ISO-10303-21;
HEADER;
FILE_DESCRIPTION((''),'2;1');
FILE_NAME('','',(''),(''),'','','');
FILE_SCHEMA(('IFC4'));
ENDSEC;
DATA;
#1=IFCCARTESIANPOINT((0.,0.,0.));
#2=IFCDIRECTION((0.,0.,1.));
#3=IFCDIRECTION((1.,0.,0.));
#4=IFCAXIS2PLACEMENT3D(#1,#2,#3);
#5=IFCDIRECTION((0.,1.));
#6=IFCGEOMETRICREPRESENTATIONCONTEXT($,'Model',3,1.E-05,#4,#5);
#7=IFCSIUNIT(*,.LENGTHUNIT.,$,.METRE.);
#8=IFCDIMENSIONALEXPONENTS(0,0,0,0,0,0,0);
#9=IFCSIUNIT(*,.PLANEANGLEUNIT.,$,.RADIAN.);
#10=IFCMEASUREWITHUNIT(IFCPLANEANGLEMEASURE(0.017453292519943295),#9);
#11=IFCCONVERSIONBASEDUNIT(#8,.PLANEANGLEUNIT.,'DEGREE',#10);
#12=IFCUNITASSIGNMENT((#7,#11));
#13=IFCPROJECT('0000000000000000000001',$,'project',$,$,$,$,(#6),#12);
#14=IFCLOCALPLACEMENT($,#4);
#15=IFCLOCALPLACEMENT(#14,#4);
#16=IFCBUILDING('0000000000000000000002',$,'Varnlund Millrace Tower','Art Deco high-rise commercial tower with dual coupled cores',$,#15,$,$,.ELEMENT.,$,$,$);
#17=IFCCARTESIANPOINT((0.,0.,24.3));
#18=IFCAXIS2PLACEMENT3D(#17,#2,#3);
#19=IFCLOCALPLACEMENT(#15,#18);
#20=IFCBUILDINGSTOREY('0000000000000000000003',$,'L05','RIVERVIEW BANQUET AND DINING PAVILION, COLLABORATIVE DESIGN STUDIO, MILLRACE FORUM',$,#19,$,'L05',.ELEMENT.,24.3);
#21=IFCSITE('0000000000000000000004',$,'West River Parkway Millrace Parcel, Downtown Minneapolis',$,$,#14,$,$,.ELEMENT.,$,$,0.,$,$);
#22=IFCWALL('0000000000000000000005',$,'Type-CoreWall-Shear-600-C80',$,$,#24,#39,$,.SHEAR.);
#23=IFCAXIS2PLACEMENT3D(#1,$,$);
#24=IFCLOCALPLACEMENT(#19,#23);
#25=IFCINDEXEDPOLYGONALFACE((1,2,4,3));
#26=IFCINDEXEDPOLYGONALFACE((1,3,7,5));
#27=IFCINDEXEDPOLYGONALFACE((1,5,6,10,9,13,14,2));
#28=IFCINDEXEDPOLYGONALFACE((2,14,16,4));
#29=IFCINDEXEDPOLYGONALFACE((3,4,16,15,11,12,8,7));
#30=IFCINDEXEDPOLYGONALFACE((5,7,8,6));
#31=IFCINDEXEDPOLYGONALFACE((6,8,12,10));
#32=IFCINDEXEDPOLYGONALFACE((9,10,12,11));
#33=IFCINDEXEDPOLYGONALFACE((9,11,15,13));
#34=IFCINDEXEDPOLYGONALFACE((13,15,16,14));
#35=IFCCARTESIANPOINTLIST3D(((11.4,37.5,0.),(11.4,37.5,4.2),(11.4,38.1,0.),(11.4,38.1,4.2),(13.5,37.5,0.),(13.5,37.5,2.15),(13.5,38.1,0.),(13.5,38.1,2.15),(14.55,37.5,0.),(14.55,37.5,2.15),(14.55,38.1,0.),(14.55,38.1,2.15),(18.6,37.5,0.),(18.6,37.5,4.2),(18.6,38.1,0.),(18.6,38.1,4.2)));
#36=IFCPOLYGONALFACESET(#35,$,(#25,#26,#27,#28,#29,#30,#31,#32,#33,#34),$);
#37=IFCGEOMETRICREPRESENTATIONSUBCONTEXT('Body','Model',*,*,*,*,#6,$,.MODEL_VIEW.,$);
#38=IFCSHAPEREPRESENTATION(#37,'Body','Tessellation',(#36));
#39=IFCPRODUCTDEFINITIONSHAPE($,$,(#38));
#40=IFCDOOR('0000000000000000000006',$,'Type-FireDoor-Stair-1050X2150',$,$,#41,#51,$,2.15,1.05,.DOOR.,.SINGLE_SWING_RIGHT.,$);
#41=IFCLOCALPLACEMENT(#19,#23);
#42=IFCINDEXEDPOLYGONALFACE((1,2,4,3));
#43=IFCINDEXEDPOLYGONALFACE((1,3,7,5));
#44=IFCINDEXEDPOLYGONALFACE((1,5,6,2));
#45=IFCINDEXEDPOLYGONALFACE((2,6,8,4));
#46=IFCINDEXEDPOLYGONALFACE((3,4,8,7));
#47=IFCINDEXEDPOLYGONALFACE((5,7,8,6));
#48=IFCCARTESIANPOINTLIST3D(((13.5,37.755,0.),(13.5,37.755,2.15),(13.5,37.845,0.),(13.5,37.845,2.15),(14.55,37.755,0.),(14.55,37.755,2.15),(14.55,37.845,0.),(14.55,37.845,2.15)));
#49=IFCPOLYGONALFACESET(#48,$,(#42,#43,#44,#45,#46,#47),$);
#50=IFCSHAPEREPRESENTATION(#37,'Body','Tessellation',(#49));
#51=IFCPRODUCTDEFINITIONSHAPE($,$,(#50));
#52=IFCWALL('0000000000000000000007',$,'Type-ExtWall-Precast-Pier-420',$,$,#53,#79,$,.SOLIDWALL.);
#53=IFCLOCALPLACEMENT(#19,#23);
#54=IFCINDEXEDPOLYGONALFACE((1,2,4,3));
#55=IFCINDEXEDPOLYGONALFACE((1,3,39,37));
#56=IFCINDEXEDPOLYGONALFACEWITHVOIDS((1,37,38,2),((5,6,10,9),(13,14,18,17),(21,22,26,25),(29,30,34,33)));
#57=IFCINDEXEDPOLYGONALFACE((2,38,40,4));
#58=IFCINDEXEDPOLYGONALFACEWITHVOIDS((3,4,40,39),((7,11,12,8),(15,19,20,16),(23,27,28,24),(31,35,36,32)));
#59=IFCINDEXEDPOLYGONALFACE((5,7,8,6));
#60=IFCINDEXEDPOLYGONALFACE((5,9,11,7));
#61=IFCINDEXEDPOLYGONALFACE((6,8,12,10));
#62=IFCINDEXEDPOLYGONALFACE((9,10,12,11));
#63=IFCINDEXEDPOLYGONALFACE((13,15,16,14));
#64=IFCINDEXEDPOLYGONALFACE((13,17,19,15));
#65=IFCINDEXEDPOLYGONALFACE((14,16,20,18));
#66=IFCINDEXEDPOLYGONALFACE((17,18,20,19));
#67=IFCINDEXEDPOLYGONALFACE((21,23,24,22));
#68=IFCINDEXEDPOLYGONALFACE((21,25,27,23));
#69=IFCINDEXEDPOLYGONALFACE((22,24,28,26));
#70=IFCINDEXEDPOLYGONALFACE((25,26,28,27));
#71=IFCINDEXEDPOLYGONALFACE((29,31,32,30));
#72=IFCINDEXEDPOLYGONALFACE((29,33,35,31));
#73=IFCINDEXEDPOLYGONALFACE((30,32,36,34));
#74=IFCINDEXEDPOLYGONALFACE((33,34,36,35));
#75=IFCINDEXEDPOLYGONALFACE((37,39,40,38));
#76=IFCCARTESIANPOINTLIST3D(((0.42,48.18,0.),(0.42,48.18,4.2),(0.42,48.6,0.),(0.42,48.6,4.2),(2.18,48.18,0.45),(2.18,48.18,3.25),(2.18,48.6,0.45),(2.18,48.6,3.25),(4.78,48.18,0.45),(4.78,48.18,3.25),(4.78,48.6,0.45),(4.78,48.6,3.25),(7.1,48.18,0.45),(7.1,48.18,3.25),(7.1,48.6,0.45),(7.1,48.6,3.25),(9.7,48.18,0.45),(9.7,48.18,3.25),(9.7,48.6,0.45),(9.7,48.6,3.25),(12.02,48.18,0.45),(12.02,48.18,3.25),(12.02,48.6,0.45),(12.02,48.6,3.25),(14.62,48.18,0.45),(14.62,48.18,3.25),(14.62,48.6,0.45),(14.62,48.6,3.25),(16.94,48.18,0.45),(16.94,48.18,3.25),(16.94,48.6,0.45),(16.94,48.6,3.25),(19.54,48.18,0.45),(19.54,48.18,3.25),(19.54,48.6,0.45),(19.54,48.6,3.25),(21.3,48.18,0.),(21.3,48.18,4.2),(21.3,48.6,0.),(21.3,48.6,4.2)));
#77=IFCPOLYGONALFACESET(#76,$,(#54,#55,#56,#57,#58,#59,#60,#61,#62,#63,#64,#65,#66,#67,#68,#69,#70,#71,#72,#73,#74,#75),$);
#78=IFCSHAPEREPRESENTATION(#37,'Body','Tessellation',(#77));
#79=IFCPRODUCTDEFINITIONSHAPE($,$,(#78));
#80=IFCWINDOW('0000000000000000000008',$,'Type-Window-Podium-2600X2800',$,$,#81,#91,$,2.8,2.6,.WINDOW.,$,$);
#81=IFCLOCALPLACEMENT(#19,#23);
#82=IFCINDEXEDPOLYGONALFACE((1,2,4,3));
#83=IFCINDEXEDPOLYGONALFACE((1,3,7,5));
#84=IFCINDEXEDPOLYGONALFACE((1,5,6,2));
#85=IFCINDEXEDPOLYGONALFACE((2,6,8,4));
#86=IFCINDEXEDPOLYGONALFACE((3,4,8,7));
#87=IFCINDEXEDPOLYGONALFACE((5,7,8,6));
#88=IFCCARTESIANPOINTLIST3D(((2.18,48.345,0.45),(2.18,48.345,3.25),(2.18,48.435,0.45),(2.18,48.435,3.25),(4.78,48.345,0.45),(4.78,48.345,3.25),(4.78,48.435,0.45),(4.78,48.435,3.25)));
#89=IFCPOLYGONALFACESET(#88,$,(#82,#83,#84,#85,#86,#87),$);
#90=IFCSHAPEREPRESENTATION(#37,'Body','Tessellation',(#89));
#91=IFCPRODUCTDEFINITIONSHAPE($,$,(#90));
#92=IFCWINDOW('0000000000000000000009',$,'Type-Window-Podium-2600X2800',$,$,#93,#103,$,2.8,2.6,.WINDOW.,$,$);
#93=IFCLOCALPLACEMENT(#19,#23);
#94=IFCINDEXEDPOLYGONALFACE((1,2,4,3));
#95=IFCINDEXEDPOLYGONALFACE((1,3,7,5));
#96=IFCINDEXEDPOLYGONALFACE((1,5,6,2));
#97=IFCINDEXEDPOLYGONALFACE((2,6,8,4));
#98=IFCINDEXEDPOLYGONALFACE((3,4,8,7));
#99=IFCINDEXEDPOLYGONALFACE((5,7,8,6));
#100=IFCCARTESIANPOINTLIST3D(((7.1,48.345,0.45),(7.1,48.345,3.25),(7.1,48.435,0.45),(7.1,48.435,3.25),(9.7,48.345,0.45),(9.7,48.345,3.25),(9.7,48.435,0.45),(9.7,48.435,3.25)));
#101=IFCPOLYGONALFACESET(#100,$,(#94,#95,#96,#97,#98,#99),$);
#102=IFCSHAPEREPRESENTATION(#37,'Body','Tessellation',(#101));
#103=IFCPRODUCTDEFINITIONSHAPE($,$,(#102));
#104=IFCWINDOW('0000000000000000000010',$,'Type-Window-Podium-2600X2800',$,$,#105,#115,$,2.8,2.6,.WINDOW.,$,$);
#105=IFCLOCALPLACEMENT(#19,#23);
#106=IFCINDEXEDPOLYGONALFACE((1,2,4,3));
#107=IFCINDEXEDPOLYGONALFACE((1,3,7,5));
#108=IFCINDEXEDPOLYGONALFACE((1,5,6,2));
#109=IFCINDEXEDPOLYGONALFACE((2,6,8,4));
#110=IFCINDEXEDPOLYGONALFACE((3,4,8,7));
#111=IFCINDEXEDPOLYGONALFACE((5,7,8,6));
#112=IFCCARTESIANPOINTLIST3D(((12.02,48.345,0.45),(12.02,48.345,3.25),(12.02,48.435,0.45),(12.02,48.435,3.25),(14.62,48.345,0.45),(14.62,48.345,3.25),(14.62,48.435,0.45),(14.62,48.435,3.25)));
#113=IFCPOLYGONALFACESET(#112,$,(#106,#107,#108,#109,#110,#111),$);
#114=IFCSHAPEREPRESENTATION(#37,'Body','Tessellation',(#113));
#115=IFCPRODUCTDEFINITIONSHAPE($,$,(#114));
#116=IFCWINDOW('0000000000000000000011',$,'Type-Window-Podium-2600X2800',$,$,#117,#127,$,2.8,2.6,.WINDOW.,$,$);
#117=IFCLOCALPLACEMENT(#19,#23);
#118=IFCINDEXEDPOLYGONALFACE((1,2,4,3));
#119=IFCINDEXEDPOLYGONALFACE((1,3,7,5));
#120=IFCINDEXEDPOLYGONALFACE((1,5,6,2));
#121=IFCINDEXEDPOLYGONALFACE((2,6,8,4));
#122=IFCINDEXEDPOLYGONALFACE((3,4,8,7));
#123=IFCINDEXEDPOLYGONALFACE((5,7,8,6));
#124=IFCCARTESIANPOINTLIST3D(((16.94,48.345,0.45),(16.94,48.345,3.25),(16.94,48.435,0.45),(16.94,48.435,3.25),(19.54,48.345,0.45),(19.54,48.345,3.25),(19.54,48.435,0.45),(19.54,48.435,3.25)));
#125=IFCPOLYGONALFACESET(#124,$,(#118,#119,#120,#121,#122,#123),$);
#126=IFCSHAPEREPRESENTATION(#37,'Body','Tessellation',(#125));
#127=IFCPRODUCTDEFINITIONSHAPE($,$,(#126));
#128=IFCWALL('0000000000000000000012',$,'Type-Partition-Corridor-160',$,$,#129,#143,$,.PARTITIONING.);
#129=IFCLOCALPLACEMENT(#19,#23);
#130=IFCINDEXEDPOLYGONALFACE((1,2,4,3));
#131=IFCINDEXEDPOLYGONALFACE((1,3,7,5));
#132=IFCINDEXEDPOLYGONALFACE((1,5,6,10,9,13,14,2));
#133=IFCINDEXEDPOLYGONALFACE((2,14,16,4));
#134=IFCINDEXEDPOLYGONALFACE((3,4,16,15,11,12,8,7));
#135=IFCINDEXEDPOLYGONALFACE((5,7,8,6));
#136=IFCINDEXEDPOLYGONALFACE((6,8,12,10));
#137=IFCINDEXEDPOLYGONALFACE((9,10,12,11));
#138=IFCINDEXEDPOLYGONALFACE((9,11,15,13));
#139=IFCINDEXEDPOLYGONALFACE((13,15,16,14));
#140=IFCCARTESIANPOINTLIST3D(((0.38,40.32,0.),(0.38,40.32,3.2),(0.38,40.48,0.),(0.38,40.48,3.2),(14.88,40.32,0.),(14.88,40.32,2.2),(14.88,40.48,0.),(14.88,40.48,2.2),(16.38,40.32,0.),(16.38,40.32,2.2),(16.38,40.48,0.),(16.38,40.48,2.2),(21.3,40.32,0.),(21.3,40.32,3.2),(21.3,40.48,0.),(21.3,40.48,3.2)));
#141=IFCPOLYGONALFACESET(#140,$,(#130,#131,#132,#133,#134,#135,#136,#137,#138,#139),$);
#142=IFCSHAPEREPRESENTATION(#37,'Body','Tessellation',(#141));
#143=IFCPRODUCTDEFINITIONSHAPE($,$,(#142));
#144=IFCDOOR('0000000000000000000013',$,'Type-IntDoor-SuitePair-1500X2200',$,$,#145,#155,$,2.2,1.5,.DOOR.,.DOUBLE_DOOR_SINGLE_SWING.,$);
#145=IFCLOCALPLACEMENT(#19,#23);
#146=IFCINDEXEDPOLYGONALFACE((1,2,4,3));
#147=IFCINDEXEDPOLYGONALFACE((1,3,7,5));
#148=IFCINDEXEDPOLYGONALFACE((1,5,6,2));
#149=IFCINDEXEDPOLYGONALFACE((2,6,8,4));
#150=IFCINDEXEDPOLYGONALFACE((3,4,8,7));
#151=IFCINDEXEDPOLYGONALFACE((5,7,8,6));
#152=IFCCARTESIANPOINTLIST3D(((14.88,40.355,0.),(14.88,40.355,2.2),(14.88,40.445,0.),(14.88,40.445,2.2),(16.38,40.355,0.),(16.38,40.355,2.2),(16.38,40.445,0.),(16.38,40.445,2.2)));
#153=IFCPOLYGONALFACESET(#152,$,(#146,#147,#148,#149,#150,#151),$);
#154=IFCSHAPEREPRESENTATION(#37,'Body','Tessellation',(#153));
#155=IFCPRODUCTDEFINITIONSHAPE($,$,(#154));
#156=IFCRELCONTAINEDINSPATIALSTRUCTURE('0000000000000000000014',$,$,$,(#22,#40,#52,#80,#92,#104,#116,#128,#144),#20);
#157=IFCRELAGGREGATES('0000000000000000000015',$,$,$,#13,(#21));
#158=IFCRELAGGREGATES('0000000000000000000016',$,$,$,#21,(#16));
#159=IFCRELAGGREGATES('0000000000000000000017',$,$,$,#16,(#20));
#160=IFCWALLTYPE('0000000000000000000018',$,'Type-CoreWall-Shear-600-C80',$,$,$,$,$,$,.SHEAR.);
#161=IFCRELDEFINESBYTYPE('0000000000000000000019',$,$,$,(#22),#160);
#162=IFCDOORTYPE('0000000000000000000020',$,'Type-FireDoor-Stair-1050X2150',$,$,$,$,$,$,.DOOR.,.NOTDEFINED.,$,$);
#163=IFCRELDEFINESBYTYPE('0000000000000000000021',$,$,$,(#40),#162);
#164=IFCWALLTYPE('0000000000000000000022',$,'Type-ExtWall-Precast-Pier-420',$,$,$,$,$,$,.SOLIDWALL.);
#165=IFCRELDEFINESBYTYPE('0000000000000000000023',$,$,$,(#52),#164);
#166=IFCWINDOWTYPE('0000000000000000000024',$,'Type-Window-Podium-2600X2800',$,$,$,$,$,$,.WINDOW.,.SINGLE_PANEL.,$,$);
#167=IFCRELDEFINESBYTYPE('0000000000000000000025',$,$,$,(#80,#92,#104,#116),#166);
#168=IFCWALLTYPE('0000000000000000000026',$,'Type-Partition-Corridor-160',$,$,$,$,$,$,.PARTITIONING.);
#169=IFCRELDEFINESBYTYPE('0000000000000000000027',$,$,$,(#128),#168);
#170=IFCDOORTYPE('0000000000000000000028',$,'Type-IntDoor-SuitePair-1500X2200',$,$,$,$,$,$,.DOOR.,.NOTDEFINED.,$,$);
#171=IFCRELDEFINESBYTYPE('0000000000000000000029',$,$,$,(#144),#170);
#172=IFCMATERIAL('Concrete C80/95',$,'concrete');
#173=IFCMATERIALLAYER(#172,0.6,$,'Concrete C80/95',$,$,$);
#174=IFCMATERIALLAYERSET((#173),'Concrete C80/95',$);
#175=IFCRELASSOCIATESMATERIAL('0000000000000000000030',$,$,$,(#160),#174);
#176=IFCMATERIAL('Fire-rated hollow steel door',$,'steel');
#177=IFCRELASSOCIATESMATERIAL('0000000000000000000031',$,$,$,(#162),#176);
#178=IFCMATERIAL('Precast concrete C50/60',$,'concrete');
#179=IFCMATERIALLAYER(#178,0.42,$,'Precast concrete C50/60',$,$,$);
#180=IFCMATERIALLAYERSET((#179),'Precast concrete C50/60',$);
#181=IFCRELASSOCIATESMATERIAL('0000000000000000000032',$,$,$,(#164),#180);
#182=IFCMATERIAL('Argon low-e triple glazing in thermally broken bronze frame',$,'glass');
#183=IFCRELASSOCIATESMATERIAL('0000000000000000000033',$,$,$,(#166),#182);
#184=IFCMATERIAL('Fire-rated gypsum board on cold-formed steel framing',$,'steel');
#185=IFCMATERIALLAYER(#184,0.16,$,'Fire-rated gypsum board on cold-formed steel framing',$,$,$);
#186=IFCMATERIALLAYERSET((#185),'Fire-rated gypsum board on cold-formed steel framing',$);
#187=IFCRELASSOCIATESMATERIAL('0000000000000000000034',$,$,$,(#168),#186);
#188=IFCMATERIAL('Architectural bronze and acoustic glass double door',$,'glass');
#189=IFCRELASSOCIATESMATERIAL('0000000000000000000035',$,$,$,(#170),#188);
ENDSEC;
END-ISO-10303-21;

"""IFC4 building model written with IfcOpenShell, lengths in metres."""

from ifc_helpers import new_model, entity, si_unit, converted_unit, direction, frame, origin_with_axes, origin_2d_with_axis, place, context, subcontext, project, spatial, polyline, rectangle, outline, extrude, material, layer, layer_set, type_object, element, fill, save


model = new_model("IFC4")

# Units and contexts
model_context = context("Model", 3, precision=1e-05, world=origin_with_axes(), true_north=direction((0.0, 1.0)))
body_context = subcontext(model_context, "Body", "Model", "MODEL_VIEW")
ifc_project = project(units=[si_unit("LENGTHUNIT", "METRE"), converted_unit("PLANEANGLEUNIT", "DEGREE", entity("IfcPlaneAngleMeasure", 0.017453292519943295), si_unit("PLANEANGLEUNIT", "RADIAN"), dimensions=[0, 0, 0, 0, 0, 0, 0])], contexts=[model_context])

# Site, building, storey
site_placement = place(None, origin_with_axes())
site = spatial("IfcSite", under=ifc_project, at=site_placement, Name="West River Parkway Millrace Parcel, Downtown Minneapolis", CompositionType="ELEMENT", RefElevation=0.0)
building_placement = place(site_placement, origin_with_axes())
building = spatial("IfcBuilding", under=site, at=building_placement, Name="Varnlund Millrace Tower", Description="Art Deco high-rise commercial tower with dual coupled cores", CompositionType="ELEMENT")
storey_placement = place(building_placement, frame((0.0, 0.0, 24.3), z_axis=(0.0, 0.0, 1.0), x_axis=(1.0, 0.0, 0.0)))
storey = spatial("IfcBuildingStorey", under=building, at=storey_placement, Name="L05", Description="RIVERVIEW BANQUET AND DINING PAVILION, COLLABORATIVE DESIGN STUDIO, MILLRACE FORUM", LongName="L05", CompositionType="ELEMENT", Elevation=24.3)

# Shared definitions
ifc_material_1 = material(Name="Concrete C80/95", Category="concrete")

# Wall, opening, door
ifc_layer_1 = layer(ifc_material_1, 0.6, Name="Concrete C80/95")
ifc_layer_set_1 = layer_set([ifc_layer_1], Name="Concrete C80/95")
wall_type_1 = type_object("IfcWallType", Name="Type-CoreWall-Shear-600-C80", PredefinedType="SHEAR", material=ifc_layer_set_1)
wall_1_placement = place(storey_placement, frame((11.4, 37.8, 0.0), z_axis=(0.0, 0.0, 1.0), x_axis=(1.0, 0.0, 0.0)))
wall_1 = element("IfcWall", 1, at=wall_1_placement, inside=storey, type_object=wall_type_1, Name="Type-CoreWall-Shear-600-C80", PredefinedType="SHEAR", context=body_context, shape_type="SweptSolid", body=[
    extrude(outline(polyline([(0.0, -0.3), (7.2, -0.3), (7.2, 0.3), (0.0, 0.3), (0.0, -0.3)])), origin_with_axes(), (0.0, 0.0, 1.0), 4.2),
])
opening_1_placement = place(wall_1_placement, frame((2.625, 0.0, 0.0), z_axis=(0.0, 0.0, 1.0), x_axis=(1.0, 0.0, 0.0)))
opening_1 = element("IfcOpeningElement", 2, at=opening_1_placement, cuts=wall_1, PredefinedType="OPENING", context=body_context, shape_type="SweptSolid", body=[
    extrude(rectangle(XDim=1.05, YDim=0.62, at=origin_2d_with_axis()), origin_with_axes(), (0.0, 0.0, 1.0), 2.15),
])
ifc_material_2 = material(Name="Fire-rated hollow steel door", Category="steel")
door_type_1 = type_object("IfcDoorType", Name="Type-FireDoor-Stair-1050X2150", OperationType="NOTDEFINED", PredefinedType="DOOR", material=ifc_material_2)
door_1_placement = place(wall_1_placement, frame((2.625, 0.0, 0.0), z_axis=(0.0, 0.0, 1.0), x_axis=(1.0, 0.0, 0.0)))
door_1 = element("IfcDoor", 3, at=door_1_placement, inside=storey, type_object=door_type_1, Name="Type-FireDoor-Stair-1050X2150", OperationType="SINGLE_SWING_RIGHT", OverallHeight=2.15, OverallWidth=1.05, PredefinedType="DOOR", context=body_context, shape_type="SweptSolid", body=[
    extrude(rectangle(XDim=1.05, YDim=0.09, at=origin_2d_with_axis()), origin_with_axes(), (0.0, 0.0, 1.0), 2.15),
])
fill(opening_1, door_1)

# Wall, openings, windows
ifc_material_3 = material(Name="Precast concrete C50/60", Category="concrete")
ifc_layer_2 = layer(ifc_material_3, 0.42, Name="Precast concrete C50/60")
ifc_layer_set_2 = layer_set([ifc_layer_2], Name="Precast concrete C50/60")
wall_type_2 = type_object("IfcWallType", Name="Type-ExtWall-Precast-Pier-420", PredefinedType="SOLIDWALL", material=ifc_layer_set_2)
wall_2_placement = place(storey_placement, frame((0.42, 48.39, 0.0), z_axis=(0.0, 0.0, 1.0), x_axis=(1.0, 0.0, 0.0)))
wall_2 = element("IfcWall", 4, at=wall_2_placement, inside=storey, type_object=wall_type_2, Name="Type-ExtWall-Precast-Pier-420", PredefinedType="SOLIDWALL", context=body_context, shape_type="SweptSolid", body=[
    extrude(outline(polyline([(0.0, -0.21), (20.88, -0.21), (20.88, 0.21), (0.0, 0.21), (0.0, -0.21)])), origin_with_axes(), (0.0, 0.0, 1.0), 4.2),
])
opening_2_placement = place(wall_2_placement, frame((3.06, 0.0, 0.45), z_axis=(0.0, 0.0, 1.0), x_axis=(1.0, 0.0, 0.0)))
opening_2 = element("IfcOpeningElement", 5, at=opening_2_placement, cuts=wall_2, PredefinedType="OPENING", context=body_context, shape_type="SweptSolid", body=[
    extrude(rectangle(XDim=2.6, YDim=0.44, at=origin_2d_with_axis()), origin_with_axes(), (0.0, 0.0, 1.0), 2.8),
])
opening_3_placement = place(wall_2_placement, frame((7.98, 0.0, 0.45), z_axis=(0.0, 0.0, 1.0), x_axis=(1.0, 0.0, 0.0)))
opening_3 = element("IfcOpeningElement", 6, at=opening_3_placement, cuts=wall_2, PredefinedType="OPENING", context=body_context, shape_type="SweptSolid", body=[
    extrude(rectangle(XDim=2.6, YDim=0.44, at=origin_2d_with_axis()), origin_with_axes(), (0.0, 0.0, 1.0), 2.8),
])
opening_4_placement = place(wall_2_placement, frame((12.9, 0.0, 0.45), z_axis=(0.0, 0.0, 1.0), x_axis=(1.0, 0.0, 0.0)))
opening_4 = element("IfcOpeningElement", 7, at=opening_4_placement, cuts=wall_2, PredefinedType="OPENING", context=body_context, shape_type="SweptSolid", body=[
    extrude(rectangle(XDim=2.6, YDim=0.44, at=origin_2d_with_axis()), origin_with_axes(), (0.0, 0.0, 1.0), 2.8),
])
opening_5_placement = place(wall_2_placement, frame((17.82, 0.0, 0.45), z_axis=(0.0, 0.0, 1.0), x_axis=(1.0, 0.0, 0.0)))
opening_5 = element("IfcOpeningElement", 8, at=opening_5_placement, cuts=wall_2, PredefinedType="OPENING", context=body_context, shape_type="SweptSolid", body=[
    extrude(rectangle(XDim=2.6, YDim=0.44, at=origin_2d_with_axis()), origin_with_axes(), (0.0, 0.0, 1.0), 2.8),
])
ifc_material_4 = material(Name="Argon low-e triple glazing in thermally broken bronze frame", Category="glass")
window_type = type_object("IfcWindowType", Name="Type-Window-Podium-2600X2800", PartitioningType="SINGLE_PANEL", PredefinedType="WINDOW", material=ifc_material_4)
window_1_placement = place(wall_2_placement, frame((3.06, 0.0, 0.45), z_axis=(0.0, 0.0, 1.0), x_axis=(1.0, 0.0, 0.0)))
window_1 = element("IfcWindow", 9, at=window_1_placement, inside=storey, type_object=window_type, Name="Type-Window-Podium-2600X2800", OverallHeight=2.8, OverallWidth=2.6, PredefinedType="WINDOW", context=body_context, shape_type="SweptSolid", body=[
    extrude(rectangle(XDim=2.6, YDim=0.09, at=origin_2d_with_axis()), origin_with_axes(), (0.0, 0.0, 1.0), 2.8),
])
fill(opening_2, window_1)
window_2_placement = place(wall_2_placement, frame((7.98, 0.0, 0.45), z_axis=(0.0, 0.0, 1.0), x_axis=(1.0, 0.0, 0.0)))
window_2 = element("IfcWindow", 10, at=window_2_placement, inside=storey, type_object=window_type, Name="Type-Window-Podium-2600X2800", OverallHeight=2.8, OverallWidth=2.6, PredefinedType="WINDOW", context=body_context, shape_type="SweptSolid", body=[
    extrude(rectangle(XDim=2.6, YDim=0.09, at=origin_2d_with_axis()), origin_with_axes(), (0.0, 0.0, 1.0), 2.8),
])
fill(opening_3, window_2)
window_3_placement = place(wall_2_placement, frame((12.9, 0.0, 0.45), z_axis=(0.0, 0.0, 1.0), x_axis=(1.0, 0.0, 0.0)))
window_3 = element("IfcWindow", 11, at=window_3_placement, inside=storey, type_object=window_type, Name="Type-Window-Podium-2600X2800", OverallHeight=2.8, OverallWidth=2.6, PredefinedType="WINDOW", context=body_context, shape_type="SweptSolid", body=[
    extrude(rectangle(XDim=2.6, YDim=0.09, at=origin_2d_with_axis()), origin_with_axes(), (0.0, 0.0, 1.0), 2.8),
])
fill(opening_4, window_3)
window_4_placement = place(wall_2_placement, frame((17.82, 0.0, 0.45), z_axis=(0.0, 0.0, 1.0), x_axis=(1.0, 0.0, 0.0)))
window_4 = element("IfcWindow", 12, at=window_4_placement, inside=storey, type_object=window_type, Name="Type-Window-Podium-2600X2800", OverallHeight=2.8, OverallWidth=2.6, PredefinedType="WINDOW", context=body_context, shape_type="SweptSolid", body=[
    extrude(rectangle(XDim=2.6, YDim=0.09, at=origin_2d_with_axis()), origin_with_axes(), (0.0, 0.0, 1.0), 2.8),
])
fill(opening_5, window_4)

# Wall, opening, door
ifc_material_5 = material(Name="Fire-rated gypsum board on cold-formed steel framing", Category="steel")
ifc_layer_3 = layer(ifc_material_5, 0.16, Name="Fire-rated gypsum board on cold-formed steel framing")
ifc_layer_set_3 = layer_set([ifc_layer_3], Name="Fire-rated gypsum board on cold-formed steel framing")
wall_type_3 = type_object("IfcWallType", Name="Type-Partition-Corridor-160", PredefinedType="PARTITIONING", material=ifc_layer_set_3)
wall_3_placement = place(storey_placement, frame((0.38, 40.4, 0.0), z_axis=(0.0, 0.0, 1.0), x_axis=(1.0, 0.0, 0.0)))
wall_3 = element("IfcWall", 13, at=wall_3_placement, inside=storey, type_object=wall_type_3, Name="Type-Partition-Corridor-160", PredefinedType="PARTITIONING", context=body_context, shape_type="SweptSolid", body=[
    extrude(outline(polyline([(0.0, -0.08), (20.92, -0.08), (20.92, 0.08), (0.0, 0.08), (0.0, -0.08)])), origin_with_axes(), (0.0, 0.0, 1.0), 3.2),
])
opening_6_placement = place(wall_3_placement, frame((15.25, 0.0, 0.0), z_axis=(0.0, 0.0, 1.0), x_axis=(1.0, 0.0, 0.0)))
opening_6 = element("IfcOpeningElement", 14, at=opening_6_placement, cuts=wall_3, PredefinedType="OPENING", context=body_context, shape_type="SweptSolid", body=[
    extrude(rectangle(XDim=1.5, YDim=0.18, at=origin_2d_with_axis()), origin_with_axes(), (0.0, 0.0, 1.0), 2.2),
])
ifc_material_6 = material(Name="Architectural bronze and acoustic glass double door", Category="glass")
door_type_2 = type_object("IfcDoorType", Name="Type-IntDoor-SuitePair-1500X2200", OperationType="NOTDEFINED", PredefinedType="DOOR", material=ifc_material_6)
door_2_placement = place(wall_3_placement, frame((15.25, 0.0, 0.0), z_axis=(0.0, 0.0, 1.0), x_axis=(1.0, 0.0, 0.0)))
door_2 = element("IfcDoor", 15, at=door_2_placement, inside=storey, type_object=door_type_2, Name="Type-IntDoor-SuitePair-1500X2200", OperationType="DOUBLE_DOOR_SINGLE_SWING", OverallHeight=2.2, OverallWidth=1.5, PredefinedType="DOOR", context=body_context, shape_type="SweptSolid", body=[
    extrude(rectangle(XDim=1.5, YDim=0.09, at=origin_2d_with_axis()), origin_with_axes(), (0.0, 0.0, 1.0), 2.2),
])
fill(opening_6, door_2)

save(model, "model.ifc")
